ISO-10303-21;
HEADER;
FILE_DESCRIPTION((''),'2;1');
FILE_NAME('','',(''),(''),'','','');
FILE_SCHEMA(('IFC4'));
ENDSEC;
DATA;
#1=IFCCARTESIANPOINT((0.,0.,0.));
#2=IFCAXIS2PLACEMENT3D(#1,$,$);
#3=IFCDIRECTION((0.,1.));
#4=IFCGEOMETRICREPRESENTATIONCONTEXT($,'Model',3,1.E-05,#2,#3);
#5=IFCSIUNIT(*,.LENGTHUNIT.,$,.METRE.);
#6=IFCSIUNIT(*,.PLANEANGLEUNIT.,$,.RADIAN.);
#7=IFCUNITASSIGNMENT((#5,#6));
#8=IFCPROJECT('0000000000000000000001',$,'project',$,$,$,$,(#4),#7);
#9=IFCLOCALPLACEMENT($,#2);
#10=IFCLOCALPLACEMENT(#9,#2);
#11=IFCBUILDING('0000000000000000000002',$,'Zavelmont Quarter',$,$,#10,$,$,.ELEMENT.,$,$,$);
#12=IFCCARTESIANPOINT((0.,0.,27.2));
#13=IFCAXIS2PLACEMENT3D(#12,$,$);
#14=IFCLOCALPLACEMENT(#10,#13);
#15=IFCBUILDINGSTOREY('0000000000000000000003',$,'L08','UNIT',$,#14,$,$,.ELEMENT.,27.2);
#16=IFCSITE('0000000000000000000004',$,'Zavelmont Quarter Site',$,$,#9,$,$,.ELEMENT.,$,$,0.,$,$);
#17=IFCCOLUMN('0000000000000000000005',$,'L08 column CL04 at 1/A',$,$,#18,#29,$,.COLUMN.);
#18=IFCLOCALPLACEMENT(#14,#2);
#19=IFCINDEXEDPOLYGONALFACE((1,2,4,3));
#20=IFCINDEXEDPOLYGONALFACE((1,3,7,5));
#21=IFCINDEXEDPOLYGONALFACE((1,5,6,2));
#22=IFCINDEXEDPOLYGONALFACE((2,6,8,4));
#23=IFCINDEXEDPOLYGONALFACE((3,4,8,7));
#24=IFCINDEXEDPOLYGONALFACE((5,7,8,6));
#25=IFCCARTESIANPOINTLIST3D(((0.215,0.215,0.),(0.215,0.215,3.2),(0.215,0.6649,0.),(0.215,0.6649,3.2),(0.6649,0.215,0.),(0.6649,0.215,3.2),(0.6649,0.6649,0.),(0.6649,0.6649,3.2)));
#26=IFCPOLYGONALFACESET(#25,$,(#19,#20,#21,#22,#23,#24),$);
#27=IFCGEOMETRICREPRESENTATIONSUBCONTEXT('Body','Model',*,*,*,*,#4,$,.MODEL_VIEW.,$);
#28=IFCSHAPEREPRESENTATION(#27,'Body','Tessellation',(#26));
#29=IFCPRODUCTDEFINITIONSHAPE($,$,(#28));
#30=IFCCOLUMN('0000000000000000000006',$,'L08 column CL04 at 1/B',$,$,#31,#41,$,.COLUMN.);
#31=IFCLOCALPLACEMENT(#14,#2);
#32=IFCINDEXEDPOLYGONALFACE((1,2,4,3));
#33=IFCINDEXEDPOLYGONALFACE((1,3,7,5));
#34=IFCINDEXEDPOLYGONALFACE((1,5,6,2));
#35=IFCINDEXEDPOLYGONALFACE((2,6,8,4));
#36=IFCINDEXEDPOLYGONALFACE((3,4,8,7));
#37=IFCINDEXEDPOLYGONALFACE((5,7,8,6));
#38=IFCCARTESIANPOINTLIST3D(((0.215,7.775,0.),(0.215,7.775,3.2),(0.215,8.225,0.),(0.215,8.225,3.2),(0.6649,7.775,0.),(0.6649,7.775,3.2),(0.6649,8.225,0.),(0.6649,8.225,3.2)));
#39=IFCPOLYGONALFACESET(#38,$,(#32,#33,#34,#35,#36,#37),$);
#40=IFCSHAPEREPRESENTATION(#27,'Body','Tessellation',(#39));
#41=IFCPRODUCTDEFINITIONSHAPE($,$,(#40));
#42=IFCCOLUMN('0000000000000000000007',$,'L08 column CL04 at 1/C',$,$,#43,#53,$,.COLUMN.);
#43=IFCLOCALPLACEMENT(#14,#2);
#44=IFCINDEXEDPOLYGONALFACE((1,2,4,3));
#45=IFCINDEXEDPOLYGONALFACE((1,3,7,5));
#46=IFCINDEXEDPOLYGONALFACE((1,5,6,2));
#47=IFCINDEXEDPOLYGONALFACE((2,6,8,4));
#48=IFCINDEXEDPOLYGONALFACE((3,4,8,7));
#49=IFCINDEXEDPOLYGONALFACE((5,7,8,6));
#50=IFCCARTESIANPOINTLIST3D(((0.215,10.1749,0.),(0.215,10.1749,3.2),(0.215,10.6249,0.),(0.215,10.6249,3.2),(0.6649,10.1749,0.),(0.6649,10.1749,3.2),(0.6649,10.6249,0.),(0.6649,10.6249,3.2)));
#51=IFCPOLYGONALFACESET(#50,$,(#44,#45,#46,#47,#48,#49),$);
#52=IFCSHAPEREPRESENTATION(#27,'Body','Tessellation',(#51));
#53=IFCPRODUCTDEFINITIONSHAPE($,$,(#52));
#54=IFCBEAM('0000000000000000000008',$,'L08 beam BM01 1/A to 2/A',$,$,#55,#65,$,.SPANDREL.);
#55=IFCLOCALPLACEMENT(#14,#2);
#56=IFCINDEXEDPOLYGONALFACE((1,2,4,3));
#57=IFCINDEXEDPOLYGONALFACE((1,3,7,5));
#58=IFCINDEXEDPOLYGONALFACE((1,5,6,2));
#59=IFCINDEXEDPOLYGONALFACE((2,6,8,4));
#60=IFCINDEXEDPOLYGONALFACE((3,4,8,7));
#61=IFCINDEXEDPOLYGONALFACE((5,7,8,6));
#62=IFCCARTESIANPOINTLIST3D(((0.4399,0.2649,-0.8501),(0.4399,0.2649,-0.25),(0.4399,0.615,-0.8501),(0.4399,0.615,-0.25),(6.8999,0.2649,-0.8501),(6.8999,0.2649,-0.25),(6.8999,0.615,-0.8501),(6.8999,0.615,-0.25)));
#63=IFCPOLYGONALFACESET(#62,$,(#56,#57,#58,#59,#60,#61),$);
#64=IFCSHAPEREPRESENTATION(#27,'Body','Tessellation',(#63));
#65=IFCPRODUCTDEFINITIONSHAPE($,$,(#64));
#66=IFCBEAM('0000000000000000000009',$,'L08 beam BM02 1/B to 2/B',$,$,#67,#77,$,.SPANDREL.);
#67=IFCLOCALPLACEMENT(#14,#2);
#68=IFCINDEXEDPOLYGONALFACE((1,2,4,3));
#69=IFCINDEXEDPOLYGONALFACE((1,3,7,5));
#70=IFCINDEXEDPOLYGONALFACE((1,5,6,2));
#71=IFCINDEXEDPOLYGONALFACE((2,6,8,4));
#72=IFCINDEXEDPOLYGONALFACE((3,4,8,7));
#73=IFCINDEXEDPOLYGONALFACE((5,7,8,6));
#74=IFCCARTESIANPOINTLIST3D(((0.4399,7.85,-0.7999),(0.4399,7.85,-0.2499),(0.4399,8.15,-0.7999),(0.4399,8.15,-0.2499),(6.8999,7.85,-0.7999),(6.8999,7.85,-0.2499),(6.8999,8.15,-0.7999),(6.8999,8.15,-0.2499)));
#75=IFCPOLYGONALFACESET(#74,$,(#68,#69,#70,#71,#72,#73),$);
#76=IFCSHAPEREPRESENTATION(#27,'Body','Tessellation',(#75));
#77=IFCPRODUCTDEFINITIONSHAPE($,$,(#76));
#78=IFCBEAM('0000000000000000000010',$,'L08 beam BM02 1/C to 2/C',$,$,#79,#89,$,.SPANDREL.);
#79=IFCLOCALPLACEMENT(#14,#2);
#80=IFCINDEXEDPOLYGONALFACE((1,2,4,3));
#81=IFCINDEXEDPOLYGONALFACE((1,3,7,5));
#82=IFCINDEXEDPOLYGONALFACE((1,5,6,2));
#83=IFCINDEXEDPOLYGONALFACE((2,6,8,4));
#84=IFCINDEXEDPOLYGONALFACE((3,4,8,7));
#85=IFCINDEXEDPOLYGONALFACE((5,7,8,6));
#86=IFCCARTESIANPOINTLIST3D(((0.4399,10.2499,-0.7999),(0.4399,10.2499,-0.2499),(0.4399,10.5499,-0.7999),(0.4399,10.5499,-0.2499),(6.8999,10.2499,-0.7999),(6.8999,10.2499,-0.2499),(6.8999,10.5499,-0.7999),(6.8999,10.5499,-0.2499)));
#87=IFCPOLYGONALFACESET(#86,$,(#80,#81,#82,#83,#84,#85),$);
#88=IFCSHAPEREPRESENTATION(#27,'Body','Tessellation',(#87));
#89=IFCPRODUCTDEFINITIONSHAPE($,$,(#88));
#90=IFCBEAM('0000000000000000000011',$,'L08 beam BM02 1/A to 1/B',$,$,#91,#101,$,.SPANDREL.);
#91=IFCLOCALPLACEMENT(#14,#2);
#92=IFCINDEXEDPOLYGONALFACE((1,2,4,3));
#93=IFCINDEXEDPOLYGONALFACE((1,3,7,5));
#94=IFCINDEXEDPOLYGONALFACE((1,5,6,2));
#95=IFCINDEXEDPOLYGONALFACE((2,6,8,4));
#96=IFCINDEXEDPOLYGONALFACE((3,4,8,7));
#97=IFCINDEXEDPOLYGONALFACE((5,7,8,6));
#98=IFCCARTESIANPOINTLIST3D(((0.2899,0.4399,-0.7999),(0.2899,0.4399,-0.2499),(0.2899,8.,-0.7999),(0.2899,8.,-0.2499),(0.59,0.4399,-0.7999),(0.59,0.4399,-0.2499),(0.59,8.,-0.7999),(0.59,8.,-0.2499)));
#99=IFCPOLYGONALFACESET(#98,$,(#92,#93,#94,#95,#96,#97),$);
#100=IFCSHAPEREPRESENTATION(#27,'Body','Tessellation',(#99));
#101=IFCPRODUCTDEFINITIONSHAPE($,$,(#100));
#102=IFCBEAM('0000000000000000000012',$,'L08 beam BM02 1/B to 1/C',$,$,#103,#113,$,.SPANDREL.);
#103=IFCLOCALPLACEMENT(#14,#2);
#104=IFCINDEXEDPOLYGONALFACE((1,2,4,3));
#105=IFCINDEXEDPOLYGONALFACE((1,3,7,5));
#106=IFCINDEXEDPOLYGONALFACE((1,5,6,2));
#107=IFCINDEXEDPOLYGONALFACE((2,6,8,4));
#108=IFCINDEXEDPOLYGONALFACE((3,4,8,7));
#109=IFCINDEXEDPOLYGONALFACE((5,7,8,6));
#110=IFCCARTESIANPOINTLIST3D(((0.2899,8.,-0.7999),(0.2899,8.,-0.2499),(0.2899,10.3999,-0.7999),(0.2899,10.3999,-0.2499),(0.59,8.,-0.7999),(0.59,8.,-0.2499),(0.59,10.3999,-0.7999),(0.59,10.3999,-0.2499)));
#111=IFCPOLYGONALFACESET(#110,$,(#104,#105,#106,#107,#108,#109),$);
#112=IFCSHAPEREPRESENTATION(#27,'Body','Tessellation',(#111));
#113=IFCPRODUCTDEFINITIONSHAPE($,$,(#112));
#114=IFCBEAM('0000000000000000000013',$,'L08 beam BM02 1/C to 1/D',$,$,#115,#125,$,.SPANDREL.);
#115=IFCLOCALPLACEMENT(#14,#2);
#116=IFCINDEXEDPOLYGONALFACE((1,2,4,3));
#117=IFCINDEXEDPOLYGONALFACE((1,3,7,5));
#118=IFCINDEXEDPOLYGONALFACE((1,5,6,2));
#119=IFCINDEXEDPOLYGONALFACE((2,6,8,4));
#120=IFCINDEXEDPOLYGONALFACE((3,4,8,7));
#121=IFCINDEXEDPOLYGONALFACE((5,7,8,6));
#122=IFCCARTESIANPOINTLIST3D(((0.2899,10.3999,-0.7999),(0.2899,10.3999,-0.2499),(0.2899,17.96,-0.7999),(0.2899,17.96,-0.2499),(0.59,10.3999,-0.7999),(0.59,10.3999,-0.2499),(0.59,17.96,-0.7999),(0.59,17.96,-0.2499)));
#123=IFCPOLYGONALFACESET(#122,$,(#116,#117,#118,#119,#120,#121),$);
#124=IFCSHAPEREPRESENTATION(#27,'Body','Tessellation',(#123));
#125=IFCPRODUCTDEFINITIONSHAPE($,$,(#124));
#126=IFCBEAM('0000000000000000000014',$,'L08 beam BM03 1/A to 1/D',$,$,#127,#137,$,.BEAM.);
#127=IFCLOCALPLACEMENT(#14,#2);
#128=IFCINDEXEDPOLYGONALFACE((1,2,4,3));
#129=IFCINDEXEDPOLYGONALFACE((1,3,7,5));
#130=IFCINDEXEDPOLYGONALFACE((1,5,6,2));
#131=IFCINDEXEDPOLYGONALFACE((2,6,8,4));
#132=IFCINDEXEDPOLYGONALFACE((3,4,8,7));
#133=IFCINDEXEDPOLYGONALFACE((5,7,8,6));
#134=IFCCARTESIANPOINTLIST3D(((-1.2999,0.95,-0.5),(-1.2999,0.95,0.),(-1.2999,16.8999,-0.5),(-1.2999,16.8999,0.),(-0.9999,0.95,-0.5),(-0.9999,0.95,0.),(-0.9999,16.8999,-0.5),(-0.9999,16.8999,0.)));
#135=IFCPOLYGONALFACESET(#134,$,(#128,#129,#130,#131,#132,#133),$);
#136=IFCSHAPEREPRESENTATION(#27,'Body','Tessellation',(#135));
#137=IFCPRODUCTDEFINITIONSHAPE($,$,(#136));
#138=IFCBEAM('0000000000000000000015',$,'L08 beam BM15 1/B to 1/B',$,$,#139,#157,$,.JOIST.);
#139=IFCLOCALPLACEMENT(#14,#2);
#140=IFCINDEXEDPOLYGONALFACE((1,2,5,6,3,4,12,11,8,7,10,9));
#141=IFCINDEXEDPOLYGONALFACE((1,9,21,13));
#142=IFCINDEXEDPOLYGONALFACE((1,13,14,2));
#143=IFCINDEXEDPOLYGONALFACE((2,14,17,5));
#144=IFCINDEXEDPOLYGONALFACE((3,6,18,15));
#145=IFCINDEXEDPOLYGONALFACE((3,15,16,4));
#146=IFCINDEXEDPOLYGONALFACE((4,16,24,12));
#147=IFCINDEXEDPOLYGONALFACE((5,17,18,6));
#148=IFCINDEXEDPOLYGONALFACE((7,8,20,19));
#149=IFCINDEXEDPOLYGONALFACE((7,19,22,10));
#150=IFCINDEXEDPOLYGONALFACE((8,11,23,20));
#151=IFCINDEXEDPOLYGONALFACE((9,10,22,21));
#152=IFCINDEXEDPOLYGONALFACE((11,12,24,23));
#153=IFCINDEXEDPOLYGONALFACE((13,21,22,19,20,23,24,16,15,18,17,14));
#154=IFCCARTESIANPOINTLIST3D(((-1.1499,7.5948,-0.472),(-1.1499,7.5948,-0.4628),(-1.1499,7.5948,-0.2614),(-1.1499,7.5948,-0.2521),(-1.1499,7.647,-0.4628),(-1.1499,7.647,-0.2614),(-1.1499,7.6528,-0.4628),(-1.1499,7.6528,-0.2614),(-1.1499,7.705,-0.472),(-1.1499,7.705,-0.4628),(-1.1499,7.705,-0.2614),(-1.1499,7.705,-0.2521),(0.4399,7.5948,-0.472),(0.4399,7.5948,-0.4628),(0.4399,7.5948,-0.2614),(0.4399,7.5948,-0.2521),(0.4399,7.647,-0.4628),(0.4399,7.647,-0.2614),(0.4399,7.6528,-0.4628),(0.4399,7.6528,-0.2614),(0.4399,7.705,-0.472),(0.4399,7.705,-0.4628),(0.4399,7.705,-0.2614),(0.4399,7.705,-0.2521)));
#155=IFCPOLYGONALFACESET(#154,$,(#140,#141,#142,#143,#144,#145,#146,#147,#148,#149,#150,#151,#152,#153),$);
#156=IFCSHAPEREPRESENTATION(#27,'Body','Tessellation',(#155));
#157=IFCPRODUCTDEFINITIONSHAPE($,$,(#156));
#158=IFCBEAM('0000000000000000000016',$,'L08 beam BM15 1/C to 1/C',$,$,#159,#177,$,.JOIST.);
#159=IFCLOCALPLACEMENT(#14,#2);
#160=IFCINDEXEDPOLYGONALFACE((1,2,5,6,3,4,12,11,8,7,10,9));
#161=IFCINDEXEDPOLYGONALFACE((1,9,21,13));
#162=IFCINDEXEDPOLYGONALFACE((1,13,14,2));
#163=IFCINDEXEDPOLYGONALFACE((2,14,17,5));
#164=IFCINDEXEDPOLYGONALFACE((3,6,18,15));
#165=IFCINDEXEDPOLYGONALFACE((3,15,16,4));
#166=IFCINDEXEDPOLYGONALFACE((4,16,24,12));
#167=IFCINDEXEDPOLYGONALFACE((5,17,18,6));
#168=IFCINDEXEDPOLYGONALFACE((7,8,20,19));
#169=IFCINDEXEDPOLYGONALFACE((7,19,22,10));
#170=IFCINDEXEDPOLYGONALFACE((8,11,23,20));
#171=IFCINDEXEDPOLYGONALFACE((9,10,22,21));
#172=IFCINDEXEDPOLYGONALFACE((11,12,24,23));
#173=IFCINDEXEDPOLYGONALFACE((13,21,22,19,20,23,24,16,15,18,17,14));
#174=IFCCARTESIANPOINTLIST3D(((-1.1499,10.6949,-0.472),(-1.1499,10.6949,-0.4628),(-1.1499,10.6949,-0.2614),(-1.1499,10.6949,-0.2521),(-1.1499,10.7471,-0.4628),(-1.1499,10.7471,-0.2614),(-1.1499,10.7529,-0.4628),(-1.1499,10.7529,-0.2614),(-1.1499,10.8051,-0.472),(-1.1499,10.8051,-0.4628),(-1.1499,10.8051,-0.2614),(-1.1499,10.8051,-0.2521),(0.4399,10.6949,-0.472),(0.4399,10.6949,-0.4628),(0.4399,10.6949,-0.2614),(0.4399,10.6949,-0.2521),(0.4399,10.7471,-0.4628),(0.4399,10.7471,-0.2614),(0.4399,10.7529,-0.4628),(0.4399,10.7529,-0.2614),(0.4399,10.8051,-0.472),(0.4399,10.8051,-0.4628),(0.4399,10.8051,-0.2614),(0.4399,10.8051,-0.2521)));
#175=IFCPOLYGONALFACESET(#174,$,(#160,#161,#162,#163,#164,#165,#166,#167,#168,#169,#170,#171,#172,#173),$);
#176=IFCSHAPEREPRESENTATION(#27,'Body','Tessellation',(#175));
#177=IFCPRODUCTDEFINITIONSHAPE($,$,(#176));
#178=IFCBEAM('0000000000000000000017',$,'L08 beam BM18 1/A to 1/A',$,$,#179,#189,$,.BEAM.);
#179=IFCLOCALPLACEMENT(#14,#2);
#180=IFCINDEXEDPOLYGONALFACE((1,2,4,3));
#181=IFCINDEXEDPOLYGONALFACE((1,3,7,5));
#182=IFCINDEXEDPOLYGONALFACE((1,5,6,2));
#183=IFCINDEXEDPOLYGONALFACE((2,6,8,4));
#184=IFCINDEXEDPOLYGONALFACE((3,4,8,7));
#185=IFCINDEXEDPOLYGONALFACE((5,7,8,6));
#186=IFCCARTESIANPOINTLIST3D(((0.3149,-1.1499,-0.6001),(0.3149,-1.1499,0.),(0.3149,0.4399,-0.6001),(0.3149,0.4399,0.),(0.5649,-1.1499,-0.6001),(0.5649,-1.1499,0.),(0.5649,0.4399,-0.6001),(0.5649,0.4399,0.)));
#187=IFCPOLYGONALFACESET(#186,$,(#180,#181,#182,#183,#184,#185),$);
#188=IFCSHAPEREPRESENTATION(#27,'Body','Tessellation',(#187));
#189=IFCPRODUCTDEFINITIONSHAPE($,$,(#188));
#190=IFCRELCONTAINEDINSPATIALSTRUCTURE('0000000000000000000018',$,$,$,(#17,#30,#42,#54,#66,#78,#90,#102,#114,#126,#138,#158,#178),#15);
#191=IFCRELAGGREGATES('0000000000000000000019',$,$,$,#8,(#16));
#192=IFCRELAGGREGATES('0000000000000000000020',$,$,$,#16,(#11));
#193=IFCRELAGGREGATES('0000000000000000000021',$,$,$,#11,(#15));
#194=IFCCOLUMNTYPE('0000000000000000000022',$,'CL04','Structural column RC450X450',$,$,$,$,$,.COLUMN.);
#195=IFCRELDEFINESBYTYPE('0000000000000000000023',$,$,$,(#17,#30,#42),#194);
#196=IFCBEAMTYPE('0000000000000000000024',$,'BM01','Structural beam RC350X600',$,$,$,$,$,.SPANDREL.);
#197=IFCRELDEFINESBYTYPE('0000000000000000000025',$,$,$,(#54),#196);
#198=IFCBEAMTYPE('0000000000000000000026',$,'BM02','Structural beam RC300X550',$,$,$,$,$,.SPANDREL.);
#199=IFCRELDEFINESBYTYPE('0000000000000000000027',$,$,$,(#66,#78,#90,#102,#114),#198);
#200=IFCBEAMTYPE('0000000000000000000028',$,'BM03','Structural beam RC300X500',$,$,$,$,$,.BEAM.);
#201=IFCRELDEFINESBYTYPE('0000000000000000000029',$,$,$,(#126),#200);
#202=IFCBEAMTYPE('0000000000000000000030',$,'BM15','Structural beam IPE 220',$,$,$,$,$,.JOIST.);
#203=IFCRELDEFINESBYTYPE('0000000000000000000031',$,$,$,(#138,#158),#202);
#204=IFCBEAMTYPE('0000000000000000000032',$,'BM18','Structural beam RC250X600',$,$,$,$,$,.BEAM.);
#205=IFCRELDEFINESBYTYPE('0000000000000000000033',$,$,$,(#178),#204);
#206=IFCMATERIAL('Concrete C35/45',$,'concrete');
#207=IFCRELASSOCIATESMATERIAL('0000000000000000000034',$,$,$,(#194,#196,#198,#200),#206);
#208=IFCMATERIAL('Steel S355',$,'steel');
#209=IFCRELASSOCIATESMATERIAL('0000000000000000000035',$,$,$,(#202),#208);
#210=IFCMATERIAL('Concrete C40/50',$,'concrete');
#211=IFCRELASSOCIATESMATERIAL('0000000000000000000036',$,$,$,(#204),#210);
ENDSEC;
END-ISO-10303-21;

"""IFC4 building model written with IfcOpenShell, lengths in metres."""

from ifc_helpers import new_model, si_unit, direction, frame, origin, origin_2d, place, context, subcontext, project, spatial, rectangle, i_section, extrude, material, material_profile, profile_set, type_object, element, save


model = new_model("IFC4")

# Units and contexts
model_context = context("Model", 3, precision=1e-05, world=origin(), true_north=direction((0.0, 1.0)))
body_context = subcontext(model_context, "Body", "Model", "MODEL_VIEW")
ifc_project = project(units=[si_unit("LENGTHUNIT", "METRE"), si_unit("PLANEANGLEUNIT", "RADIAN")], contexts=[model_context])

# Site, building, storey
site_placement = place(None, origin())
site = spatial("IfcSite", under=ifc_project, at=site_placement, Name="Zavelmont Quarter Site", CompositionType="ELEMENT", RefElevation=0.0)
building_placement = place(site_placement, origin())
building = spatial("IfcBuilding", under=site, at=building_placement, Name="Zavelmont Quarter", CompositionType="ELEMENT")
storey_placement = place(building_placement, frame((0.0, 0.0, 27.2)))
storey = spatial("IfcBuildingStorey", under=building, at=storey_placement, Name="L08", Description="UNIT", CompositionType="ELEMENT", Elevation=27.2)

# Columns
ifc_material_1 = material(Name="Concrete C35/45", Category="concrete")
ifc_material_profile_1 = material_profile(ifc_material_1, rectangle(XDim=0.45, YDim=0.45, at=origin_2d()), Name="RC450X450")
ifc_profile_set_1 = profile_set([ifc_material_profile_1], Name="Concrete C35/45")
column_type = type_object("IfcColumnType", Name="CL04", Description="Structural column RC450X450", PredefinedType="COLUMN", material=ifc_profile_set_1)
for number, where, z_axis, x_axis, name in (
    (1, (0.4399, 0.4399, 0.0), (0.0, 0.0, 1.0), (1.0, 0.0, 0.0), "L08 column CL04 at 1/A"),
    (2, (0.4399, 8.0, 0.0), (0.0, 0.0, 1.0), (1.0, 0.0, 0.0), "L08 column CL04 at 1/B"),
    (3, (0.4399, 10.3999, 0.0), (0.0, 0.0, 1.0), (1.0, 0.0, 0.0), "L08 column CL04 at 1/C"),
):
    element("IfcColumn", number, at=place(storey_placement, frame(where, z_axis=z_axis, x_axis=x_axis)), inside=storey, type_object=column_type, Name=name, PredefinedType="COLUMN", context=body_context, shape_type="SweptSolid", body=[
        extrude(rectangle(XDim=0.45, YDim=0.45, at=origin_2d()), origin(), (0.0, 0.0, 1.0), 3.2),
    ])

# Beams
ifc_material_profile_2 = material_profile(ifc_material_1, rectangle(XDim=0.3501, YDim=0.6001, at=origin_2d()), Name="RC350X600")
ifc_profile_set_2 = profile_set([ifc_material_profile_2], Name="Concrete C35/45")
beam_type_1 = type_object("IfcBeamType", Name="BM01", Description="Structural beam RC350X600", PredefinedType="SPANDREL", material=ifc_profile_set_2)
beam_1_placement = place(storey_placement, frame((0.4399, 0.4399, -0.55), z_axis=(1.0, 0.0, 0.0), x_axis=(0.0, 1.0, 0.0)))
element("IfcBeam", 4, at=beam_1_placement, inside=storey, type_object=beam_type_1, Name="L08 beam BM01 1/A to 2/A", PredefinedType="SPANDREL", context=body_context, shape_type="SweptSolid", body=[
    extrude(rectangle(XDim=0.3501, YDim=0.6001, at=origin_2d()), origin(), (0.0, 0.0, 1.0), 6.46),
])
ifc_material_profile_3 = material_profile(ifc_material_1, rectangle(XDim=0.3, YDim=0.55, at=origin_2d()), Name="RC300X550")
ifc_profile_set_3 = profile_set([ifc_material_profile_3], Name="Concrete C35/45")
beam_type_2 = type_object("IfcBeamType", Name="BM02", Description="Structural beam RC300X550", PredefinedType="SPANDREL", material=ifc_profile_set_3)
for number, where, z_axis, x_axis, name in (
    (5, (0.4399, 8.0, -0.5249), (1.0, 0.0, 0.0), (0.0, 1.0, 0.0), "L08 beam BM02 1/B to 2/B"),
    (6, (0.4399, 10.3999, -0.5249), (1.0, 0.0, 0.0), (0.0, 1.0, 0.0), "L08 beam BM02 1/C to 2/C"),
):
    element("IfcBeam", number, at=place(storey_placement, frame(where, z_axis=z_axis, x_axis=x_axis)), inside=storey, type_object=beam_type_2, Name=name, PredefinedType="SPANDREL", context=body_context, shape_type="SweptSolid", body=[
        extrude(rectangle(XDim=0.3, YDim=0.55, at=origin_2d()), origin(), (0.0, 0.0, 1.0), 6.46),
    ])
beam_2_placement = place(storey_placement, frame((0.4399, 0.4399, -0.5249), z_axis=(0.0, 1.0, 0.0), x_axis=(-1.0, 0.0, 0.0)))
element("IfcBeam", 7, at=beam_2_placement, inside=storey, type_object=beam_type_2, Name="L08 beam BM02 1/A to 1/B", PredefinedType="SPANDREL", context=body_context, shape_type="SweptSolid", body=[
    extrude(rectangle(XDim=0.3, YDim=0.55, at=origin_2d()), origin(), (0.0, 0.0, 1.0), 7.5601),
])
beam_3_placement = place(storey_placement, frame((0.4399, 8.0, -0.5249), z_axis=(0.0, 1.0, 0.0), x_axis=(-1.0, 0.0, 0.0)))
element("IfcBeam", 8, at=beam_3_placement, inside=storey, type_object=beam_type_2, Name="L08 beam BM02 1/B to 1/C", PredefinedType="SPANDREL", context=body_context, shape_type="SweptSolid", body=[
    extrude(rectangle(XDim=0.3, YDim=0.55, at=origin_2d()), origin(), (0.0, 0.0, 1.0), 2.3999),
])
beam_4_placement = place(storey_placement, frame((0.4399, 10.3999, -0.5249), z_axis=(0.0, 1.0, 0.0), x_axis=(-1.0, 0.0, 0.0)))
element("IfcBeam", 9, at=beam_4_placement, inside=storey, type_object=beam_type_2, Name="L08 beam BM02 1/C to 1/D", PredefinedType="SPANDREL", context=body_context, shape_type="SweptSolid", body=[
    extrude(rectangle(XDim=0.3, YDim=0.55, at=origin_2d()), origin(), (0.0, 0.0, 1.0), 7.5601),
])
ifc_material_profile_4 = material_profile(ifc_material_1, rectangle(XDim=0.3, YDim=0.5, at=origin_2d()), Name="RC300X500")
ifc_profile_set_4 = profile_set([ifc_material_profile_4], Name="Concrete C35/45")
beam_type_3 = type_object("IfcBeamType", Name="BM03", Description="Structural beam RC300X500", PredefinedType="BEAM", material=ifc_profile_set_4)
beam_5_placement = place(storey_placement, frame((-1.1499, 0.95, -0.25), z_axis=(0.0, 1.0, 0.0), x_axis=(-1.0, 0.0, 0.0)))
element("IfcBeam", 10, at=beam_5_placement, inside=storey, type_object=beam_type_3, Name="L08 beam BM03 1/A to 1/D", PredefinedType="BEAM", context=body_context, shape_type="SweptSolid", body=[
    extrude(rectangle(XDim=0.3, YDim=0.5, at=origin_2d()), origin(), (0.0, 0.0, 1.0), 15.95),
])
ifc_material_2 = material(Name="Steel S355", Category="steel")
ifc_material_profile_5 = material_profile(ifc_material_2, i_section(OverallWidth=0.1101, OverallDepth=0.22, WebThickness=0.0059, FlangeThickness=0.0093, at=origin_2d()), Name="IPE 220")
ifc_profile_set_5 = profile_set([ifc_material_profile_5], Name="Steel S355")
beam_type_4 = type_object("IfcBeamType", Name="BM15", Description="Structural beam IPE 220", PredefinedType="JOIST", material=ifc_profile_set_5)
for number, where, z_axis, x_axis, name in (
    (11, (0.4399, 7.6499, -0.3621), (-1.0, 0.0, 0.0), (0.0, -1.0, 0.0), "L08 beam BM15 1/B to 1/B"),
    (12, (0.4399, 10.75, -0.3621), (-1.0, 0.0, 0.0), (0.0, -1.0, 0.0), "L08 beam BM15 1/C to 1/C"),
):
    element("IfcBeam", number, at=place(storey_placement, frame(where, z_axis=z_axis, x_axis=x_axis)), inside=storey, type_object=beam_type_4, Name=name, PredefinedType="JOIST", context=body_context, shape_type="SweptSolid", body=[
        extrude(i_section(OverallWidth=0.1101, OverallDepth=0.22, WebThickness=0.0059, FlangeThickness=0.0093, at=origin_2d()), origin(), (0.0, 0.0, 1.0), 1.5898),
    ])
ifc_material_3 = material(Name="Concrete C40/50", Category="concrete")
ifc_material_profile_6 = material_profile(ifc_material_3, rectangle(XDim=0.25, YDim=0.6001, at=origin_2d()), Name="RC250X600")
ifc_profile_set_6 = profile_set([ifc_material_profile_6], Name="Concrete C40/50")
beam_type_5 = type_object("IfcBeamType", Name="BM18", Description="Structural beam RC250X600", PredefinedType="BEAM", material=ifc_profile_set_6)
beam_6_placement = place(storey_placement, frame((0.4399, 0.4399, -0.3), z_axis=(0.0, -1.0, 0.0), x_axis=(1.0, 0.0, 0.0)))
element("IfcBeam", 13, at=beam_6_placement, inside=storey, type_object=beam_type_5, Name="L08 beam BM18 1/A to 1/A", PredefinedType="BEAM", context=body_context, shape_type="SweptSolid", body=[
    extrude(rectangle(XDim=0.25, YDim=0.6001, at=origin_2d()), origin(), (0.0, 0.0, 1.0), 1.5898),
])

save(model, "model.ifc")
